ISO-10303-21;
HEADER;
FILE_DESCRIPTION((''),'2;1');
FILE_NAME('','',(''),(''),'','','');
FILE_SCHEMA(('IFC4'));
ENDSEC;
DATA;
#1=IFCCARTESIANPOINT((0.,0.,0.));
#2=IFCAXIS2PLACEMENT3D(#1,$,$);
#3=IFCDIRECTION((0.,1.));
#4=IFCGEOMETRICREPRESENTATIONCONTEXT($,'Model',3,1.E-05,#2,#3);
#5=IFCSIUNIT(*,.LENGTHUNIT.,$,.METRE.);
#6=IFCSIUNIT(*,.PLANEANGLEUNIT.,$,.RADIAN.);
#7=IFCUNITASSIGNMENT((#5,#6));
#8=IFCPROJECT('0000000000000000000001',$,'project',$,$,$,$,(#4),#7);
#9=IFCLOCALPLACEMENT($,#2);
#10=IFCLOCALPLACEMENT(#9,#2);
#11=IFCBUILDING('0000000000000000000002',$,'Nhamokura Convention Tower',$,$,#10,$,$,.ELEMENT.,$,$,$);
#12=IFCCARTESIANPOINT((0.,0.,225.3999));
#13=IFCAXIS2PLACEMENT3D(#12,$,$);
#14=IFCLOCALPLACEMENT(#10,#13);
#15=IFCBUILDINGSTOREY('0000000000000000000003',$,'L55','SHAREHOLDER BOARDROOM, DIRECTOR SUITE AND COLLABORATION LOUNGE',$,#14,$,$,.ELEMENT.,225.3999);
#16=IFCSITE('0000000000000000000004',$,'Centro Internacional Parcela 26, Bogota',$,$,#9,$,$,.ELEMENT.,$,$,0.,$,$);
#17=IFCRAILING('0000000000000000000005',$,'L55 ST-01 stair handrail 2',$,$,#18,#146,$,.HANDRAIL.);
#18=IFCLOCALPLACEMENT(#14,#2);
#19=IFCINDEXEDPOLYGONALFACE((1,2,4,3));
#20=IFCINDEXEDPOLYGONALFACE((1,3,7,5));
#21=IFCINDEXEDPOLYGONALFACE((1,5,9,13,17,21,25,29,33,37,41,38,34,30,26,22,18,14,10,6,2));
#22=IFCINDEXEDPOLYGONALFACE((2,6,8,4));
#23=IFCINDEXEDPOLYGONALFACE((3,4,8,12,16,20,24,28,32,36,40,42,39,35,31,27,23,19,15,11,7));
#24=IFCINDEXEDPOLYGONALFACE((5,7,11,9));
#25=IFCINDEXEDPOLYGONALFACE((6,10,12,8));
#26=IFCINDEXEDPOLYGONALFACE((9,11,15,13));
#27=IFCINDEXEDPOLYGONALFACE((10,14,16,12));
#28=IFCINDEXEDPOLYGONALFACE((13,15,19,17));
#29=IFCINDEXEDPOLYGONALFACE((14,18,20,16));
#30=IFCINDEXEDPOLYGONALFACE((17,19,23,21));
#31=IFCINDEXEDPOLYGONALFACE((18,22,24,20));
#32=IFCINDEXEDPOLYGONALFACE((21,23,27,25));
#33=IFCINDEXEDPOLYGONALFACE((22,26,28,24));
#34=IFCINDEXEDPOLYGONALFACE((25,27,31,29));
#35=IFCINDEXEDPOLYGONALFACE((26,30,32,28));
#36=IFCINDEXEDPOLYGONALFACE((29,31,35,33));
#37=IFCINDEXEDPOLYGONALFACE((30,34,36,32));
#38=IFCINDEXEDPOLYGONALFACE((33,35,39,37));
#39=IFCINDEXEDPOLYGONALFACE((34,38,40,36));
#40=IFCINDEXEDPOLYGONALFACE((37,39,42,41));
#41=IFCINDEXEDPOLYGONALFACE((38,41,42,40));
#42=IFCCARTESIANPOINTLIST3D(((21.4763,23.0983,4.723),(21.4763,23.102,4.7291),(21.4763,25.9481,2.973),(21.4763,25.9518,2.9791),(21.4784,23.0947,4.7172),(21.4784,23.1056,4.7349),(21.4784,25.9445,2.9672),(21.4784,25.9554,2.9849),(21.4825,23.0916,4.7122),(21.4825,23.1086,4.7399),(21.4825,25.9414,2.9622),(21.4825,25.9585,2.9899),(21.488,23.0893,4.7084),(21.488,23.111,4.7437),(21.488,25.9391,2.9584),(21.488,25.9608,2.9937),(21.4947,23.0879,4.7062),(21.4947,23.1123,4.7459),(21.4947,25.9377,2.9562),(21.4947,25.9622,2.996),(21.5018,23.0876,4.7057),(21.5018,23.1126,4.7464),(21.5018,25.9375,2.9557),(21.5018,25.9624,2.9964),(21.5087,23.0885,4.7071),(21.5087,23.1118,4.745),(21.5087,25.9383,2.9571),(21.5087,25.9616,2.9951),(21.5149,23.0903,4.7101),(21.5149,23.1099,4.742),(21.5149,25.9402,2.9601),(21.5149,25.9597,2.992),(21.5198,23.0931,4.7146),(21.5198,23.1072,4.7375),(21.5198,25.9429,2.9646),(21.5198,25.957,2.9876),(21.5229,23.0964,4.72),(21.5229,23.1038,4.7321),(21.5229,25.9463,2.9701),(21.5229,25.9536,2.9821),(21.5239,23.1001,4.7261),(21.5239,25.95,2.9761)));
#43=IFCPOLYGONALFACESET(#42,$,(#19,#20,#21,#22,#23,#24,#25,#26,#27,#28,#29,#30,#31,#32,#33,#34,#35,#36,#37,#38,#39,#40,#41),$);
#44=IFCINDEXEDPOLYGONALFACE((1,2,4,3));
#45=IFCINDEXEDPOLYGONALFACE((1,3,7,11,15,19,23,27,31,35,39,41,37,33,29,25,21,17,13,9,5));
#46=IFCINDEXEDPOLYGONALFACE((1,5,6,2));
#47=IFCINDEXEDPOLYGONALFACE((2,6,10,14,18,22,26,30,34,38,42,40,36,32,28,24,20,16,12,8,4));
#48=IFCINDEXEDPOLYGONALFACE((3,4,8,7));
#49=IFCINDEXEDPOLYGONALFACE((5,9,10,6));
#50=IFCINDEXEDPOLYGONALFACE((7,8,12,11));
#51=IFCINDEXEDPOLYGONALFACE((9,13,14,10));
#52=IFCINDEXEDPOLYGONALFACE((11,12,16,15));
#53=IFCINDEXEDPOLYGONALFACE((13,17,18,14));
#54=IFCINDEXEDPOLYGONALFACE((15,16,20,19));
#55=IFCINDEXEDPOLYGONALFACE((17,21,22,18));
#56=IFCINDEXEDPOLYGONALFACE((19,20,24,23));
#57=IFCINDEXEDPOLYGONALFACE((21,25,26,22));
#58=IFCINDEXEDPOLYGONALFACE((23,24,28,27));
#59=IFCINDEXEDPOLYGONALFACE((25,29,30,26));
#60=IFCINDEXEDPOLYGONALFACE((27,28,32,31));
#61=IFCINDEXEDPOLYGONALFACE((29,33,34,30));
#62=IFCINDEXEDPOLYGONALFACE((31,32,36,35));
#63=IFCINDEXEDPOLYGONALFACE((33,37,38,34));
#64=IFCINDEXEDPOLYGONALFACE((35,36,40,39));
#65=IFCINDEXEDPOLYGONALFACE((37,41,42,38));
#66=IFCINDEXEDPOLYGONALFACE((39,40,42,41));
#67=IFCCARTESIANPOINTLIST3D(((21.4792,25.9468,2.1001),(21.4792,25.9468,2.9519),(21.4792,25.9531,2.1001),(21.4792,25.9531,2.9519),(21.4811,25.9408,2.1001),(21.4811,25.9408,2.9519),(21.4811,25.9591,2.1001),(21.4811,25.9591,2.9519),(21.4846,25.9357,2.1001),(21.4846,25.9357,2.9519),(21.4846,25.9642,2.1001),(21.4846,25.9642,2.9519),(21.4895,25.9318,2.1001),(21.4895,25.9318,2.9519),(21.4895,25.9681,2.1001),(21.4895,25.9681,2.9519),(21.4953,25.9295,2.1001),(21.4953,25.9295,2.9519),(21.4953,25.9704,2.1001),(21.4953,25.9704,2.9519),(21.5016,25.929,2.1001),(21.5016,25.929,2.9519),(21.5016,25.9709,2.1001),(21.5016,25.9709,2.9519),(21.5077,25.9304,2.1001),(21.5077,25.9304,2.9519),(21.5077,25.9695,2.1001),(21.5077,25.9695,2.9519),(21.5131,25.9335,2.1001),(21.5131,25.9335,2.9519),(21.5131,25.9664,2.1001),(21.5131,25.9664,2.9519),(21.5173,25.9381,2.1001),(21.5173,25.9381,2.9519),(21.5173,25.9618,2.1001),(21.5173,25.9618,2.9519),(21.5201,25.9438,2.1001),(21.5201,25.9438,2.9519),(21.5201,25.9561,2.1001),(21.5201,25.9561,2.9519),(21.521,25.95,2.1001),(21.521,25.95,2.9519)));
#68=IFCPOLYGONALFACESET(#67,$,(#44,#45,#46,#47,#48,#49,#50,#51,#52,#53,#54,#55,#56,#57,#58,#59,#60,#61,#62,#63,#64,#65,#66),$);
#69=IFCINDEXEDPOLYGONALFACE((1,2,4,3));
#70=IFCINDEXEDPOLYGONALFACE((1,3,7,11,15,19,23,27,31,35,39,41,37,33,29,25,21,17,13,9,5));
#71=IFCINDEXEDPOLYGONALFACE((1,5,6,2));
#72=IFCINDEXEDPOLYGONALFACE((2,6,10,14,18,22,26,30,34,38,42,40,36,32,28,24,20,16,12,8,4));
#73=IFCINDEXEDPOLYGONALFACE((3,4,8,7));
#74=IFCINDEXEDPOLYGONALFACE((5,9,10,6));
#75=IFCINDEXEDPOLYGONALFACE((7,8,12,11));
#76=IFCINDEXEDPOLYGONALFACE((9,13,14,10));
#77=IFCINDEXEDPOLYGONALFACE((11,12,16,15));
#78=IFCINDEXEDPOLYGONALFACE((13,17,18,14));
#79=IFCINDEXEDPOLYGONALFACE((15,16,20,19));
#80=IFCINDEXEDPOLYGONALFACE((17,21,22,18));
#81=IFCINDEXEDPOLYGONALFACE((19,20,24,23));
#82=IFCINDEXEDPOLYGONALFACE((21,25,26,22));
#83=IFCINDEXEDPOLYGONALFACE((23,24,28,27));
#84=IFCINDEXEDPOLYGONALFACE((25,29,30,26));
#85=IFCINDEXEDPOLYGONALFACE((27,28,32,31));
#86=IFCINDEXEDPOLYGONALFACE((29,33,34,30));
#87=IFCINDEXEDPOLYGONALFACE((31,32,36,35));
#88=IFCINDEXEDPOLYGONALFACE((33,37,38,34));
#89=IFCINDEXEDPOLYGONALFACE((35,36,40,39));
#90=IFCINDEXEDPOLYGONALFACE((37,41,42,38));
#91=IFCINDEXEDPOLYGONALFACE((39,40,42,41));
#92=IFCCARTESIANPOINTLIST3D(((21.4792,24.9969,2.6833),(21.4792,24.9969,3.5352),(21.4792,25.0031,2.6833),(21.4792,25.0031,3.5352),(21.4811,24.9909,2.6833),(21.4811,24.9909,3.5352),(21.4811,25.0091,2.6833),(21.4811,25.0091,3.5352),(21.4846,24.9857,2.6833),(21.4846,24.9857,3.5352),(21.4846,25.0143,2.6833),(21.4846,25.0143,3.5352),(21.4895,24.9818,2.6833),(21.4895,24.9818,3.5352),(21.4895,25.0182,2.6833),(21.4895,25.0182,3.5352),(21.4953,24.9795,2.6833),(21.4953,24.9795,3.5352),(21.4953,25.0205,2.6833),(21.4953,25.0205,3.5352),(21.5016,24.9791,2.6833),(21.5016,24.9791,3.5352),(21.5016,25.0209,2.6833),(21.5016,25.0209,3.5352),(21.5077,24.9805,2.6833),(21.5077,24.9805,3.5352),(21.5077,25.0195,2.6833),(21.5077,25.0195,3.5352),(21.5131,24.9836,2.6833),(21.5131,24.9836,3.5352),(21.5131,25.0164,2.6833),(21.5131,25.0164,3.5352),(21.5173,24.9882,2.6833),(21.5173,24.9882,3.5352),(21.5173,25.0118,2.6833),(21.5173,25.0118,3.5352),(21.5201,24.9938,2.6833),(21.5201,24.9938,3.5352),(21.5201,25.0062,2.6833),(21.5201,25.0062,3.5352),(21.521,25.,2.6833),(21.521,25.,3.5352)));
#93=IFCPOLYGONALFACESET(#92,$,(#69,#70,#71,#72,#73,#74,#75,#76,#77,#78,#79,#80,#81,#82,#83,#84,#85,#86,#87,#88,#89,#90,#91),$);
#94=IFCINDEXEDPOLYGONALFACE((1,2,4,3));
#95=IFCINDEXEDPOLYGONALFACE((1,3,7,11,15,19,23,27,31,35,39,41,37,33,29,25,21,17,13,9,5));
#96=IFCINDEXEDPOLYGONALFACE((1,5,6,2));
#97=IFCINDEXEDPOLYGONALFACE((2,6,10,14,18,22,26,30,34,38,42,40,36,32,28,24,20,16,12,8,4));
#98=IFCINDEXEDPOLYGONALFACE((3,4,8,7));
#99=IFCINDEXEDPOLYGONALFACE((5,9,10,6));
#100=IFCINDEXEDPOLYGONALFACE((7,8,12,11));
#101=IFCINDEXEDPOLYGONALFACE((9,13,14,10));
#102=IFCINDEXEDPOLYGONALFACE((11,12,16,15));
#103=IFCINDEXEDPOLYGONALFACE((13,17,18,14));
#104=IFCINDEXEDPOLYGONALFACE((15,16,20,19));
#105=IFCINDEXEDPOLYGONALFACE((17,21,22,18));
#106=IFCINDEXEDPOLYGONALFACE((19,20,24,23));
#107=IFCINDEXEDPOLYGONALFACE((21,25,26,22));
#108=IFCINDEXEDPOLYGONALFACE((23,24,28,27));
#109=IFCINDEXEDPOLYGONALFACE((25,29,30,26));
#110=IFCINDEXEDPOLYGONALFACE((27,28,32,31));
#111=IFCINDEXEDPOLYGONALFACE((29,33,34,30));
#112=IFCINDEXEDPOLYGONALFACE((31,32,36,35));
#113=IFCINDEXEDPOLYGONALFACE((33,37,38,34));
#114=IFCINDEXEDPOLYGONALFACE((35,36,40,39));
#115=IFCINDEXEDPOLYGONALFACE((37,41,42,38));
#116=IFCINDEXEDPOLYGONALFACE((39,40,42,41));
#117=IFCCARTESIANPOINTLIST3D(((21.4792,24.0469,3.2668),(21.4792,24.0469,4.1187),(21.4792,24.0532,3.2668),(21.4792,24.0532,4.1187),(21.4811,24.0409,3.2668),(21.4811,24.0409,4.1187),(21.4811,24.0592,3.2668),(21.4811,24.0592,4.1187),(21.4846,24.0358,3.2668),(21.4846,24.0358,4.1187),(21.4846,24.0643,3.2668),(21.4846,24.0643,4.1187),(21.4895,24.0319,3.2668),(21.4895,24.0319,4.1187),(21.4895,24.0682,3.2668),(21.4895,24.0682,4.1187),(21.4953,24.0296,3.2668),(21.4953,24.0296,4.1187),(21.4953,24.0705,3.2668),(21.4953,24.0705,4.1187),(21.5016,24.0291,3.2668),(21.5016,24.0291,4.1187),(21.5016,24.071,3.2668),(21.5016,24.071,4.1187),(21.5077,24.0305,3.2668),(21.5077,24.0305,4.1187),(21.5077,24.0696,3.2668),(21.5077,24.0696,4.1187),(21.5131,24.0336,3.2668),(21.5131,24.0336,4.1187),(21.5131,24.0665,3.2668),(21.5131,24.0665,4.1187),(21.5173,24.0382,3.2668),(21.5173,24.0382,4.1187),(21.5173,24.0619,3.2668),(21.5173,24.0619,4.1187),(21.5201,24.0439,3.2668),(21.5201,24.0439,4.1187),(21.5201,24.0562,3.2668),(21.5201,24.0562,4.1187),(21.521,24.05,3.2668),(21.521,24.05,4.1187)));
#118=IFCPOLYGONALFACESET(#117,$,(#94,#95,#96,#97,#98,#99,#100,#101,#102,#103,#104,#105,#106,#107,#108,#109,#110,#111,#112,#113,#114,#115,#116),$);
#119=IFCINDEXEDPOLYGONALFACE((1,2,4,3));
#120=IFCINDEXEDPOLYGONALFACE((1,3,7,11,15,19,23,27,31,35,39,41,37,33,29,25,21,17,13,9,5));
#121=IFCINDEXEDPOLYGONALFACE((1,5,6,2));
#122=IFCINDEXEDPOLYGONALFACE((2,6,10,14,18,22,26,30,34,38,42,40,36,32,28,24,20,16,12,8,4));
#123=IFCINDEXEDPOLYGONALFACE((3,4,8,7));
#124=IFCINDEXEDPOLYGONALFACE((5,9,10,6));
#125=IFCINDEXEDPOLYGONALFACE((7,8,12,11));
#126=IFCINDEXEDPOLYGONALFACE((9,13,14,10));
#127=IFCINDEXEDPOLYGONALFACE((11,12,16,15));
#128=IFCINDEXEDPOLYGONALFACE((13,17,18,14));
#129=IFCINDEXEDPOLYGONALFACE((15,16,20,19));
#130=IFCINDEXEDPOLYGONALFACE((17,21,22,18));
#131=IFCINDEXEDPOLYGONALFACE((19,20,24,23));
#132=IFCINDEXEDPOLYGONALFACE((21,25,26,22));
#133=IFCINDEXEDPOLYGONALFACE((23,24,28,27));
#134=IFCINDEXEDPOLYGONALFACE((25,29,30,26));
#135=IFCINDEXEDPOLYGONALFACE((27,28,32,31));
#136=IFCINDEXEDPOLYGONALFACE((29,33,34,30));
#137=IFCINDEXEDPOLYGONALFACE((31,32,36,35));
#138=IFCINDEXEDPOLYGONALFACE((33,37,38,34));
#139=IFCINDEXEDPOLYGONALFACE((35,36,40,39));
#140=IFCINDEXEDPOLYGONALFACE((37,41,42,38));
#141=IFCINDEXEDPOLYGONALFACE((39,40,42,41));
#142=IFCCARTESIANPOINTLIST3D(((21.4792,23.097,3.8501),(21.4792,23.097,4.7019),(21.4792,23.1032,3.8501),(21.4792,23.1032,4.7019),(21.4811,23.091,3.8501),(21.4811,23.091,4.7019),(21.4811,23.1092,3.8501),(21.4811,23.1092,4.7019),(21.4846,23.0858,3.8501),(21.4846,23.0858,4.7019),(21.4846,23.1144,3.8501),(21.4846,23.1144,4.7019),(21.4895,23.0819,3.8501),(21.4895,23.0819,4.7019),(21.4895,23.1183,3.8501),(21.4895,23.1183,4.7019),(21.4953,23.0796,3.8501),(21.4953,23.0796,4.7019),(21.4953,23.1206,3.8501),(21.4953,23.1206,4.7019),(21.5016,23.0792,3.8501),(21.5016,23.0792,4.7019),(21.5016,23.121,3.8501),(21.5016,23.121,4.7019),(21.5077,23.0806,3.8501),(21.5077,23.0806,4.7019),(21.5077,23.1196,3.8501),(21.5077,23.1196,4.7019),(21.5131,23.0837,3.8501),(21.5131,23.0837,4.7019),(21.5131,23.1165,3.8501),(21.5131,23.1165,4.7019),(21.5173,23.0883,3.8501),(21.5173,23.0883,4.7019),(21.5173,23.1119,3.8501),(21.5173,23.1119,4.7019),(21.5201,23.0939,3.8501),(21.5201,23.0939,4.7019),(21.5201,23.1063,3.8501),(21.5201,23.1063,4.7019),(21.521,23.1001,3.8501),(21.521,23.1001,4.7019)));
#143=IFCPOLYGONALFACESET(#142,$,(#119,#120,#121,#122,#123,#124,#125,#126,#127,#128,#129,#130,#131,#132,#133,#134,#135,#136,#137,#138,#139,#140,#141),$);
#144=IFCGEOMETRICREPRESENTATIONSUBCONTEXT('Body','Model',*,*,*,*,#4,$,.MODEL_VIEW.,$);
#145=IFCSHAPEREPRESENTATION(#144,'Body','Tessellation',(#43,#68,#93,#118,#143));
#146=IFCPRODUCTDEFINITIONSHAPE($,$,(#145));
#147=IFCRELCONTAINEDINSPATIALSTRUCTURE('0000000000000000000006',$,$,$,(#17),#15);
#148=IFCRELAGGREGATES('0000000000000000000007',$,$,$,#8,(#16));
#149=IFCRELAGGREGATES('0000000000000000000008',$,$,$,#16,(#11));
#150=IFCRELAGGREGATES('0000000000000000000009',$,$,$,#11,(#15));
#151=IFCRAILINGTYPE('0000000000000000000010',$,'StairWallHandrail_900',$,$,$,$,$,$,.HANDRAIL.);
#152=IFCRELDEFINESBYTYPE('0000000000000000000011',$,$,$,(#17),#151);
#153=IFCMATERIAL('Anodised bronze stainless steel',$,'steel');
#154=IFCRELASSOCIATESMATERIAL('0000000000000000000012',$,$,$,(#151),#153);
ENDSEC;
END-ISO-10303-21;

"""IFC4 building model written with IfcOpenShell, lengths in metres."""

from ifc_helpers import new_model, si_unit, direction, frame, origin, origin_2d, place, context, subcontext, project, spatial, circle, extrude, material, type_object, element, save


model = new_model("IFC4")

# Units and contexts
model_context = context("Model", 3, precision=1e-05, world=origin(), true_north=direction((0.0, 1.0)))
body_context = subcontext(model_context, "Body", "Model", "MODEL_VIEW")
ifc_project = project(units=[si_unit("LENGTHUNIT", "METRE"), si_unit("PLANEANGLEUNIT", "RADIAN")], contexts=[model_context])

# Site, building, storey
site_placement = place(None, origin())
site = spatial("IfcSite", under=ifc_project, at=site_placement, Name="Centro Internacional Parcela 26, Bogota", CompositionType="ELEMENT", RefElevation=0.0)
building_placement = place(site_placement, origin())
building = spatial("IfcBuilding", under=site, at=building_placement, Name="Nhamokura Convention Tower", CompositionType="ELEMENT")
storey_placement = place(building_placement, frame((0.0, 0.0, 225.3999)))
storey = spatial("IfcBuildingStorey", under=building, at=storey_placement, Name="L55", Description="SHAREHOLDER BOARDROOM, DIRECTOR SUITE AND COLLABORATION LOUNGE", CompositionType="ELEMENT", Elevation=225.3999)

# Railing
ifc_material_1 = material(Name="Anodised bronze stainless steel", Category="steel")
railing_type_1 = type_object("IfcRailingType", Name="StairWallHandrail_900", PredefinedType="HANDRAIL", material=ifc_material_1)
railing_1_placement = place(storey_placement, frame((21.5, 25.95, 2.1001)))
element("IfcRailing", 1, at=railing_1_placement, inside=storey, type_object=railing_type_1, Name="L55 ST-01 stair handrail 2", PredefinedType="HANDRAIL", context=body_context, shape_type="SweptSolid", body=[
    extrude(circle(Radius=0.0239, at=origin_2d()), frame((0.0, 0.0, 0.876), z_axis=(0.0, -0.852159, 0.523283), x_axis=(1.0, 0.0, 0.0)), (0.0, 0.0, 1.0), 3.3442),
    extrude(circle(Radius=0.021, at=origin_2d()), origin(), (0.0, 0.0, 1.0), 0.8518),
    extrude(circle(Radius=0.021, at=origin_2d()), frame((0.0, -0.95, 0.5833)), (0.0, 0.0, 1.0), 0.8518),
    extrude(circle(Radius=0.021, at=origin_2d()), frame((0.0, -1.8999, 1.1667)), (0.0, 0.0, 1.0), 0.8518),
    extrude(circle(Radius=0.021, at=origin_2d()), frame((0.0, -2.8499, 1.75)), (0.0, 0.0, 1.0), 0.8518),
])

save(model, "model.ifc")
